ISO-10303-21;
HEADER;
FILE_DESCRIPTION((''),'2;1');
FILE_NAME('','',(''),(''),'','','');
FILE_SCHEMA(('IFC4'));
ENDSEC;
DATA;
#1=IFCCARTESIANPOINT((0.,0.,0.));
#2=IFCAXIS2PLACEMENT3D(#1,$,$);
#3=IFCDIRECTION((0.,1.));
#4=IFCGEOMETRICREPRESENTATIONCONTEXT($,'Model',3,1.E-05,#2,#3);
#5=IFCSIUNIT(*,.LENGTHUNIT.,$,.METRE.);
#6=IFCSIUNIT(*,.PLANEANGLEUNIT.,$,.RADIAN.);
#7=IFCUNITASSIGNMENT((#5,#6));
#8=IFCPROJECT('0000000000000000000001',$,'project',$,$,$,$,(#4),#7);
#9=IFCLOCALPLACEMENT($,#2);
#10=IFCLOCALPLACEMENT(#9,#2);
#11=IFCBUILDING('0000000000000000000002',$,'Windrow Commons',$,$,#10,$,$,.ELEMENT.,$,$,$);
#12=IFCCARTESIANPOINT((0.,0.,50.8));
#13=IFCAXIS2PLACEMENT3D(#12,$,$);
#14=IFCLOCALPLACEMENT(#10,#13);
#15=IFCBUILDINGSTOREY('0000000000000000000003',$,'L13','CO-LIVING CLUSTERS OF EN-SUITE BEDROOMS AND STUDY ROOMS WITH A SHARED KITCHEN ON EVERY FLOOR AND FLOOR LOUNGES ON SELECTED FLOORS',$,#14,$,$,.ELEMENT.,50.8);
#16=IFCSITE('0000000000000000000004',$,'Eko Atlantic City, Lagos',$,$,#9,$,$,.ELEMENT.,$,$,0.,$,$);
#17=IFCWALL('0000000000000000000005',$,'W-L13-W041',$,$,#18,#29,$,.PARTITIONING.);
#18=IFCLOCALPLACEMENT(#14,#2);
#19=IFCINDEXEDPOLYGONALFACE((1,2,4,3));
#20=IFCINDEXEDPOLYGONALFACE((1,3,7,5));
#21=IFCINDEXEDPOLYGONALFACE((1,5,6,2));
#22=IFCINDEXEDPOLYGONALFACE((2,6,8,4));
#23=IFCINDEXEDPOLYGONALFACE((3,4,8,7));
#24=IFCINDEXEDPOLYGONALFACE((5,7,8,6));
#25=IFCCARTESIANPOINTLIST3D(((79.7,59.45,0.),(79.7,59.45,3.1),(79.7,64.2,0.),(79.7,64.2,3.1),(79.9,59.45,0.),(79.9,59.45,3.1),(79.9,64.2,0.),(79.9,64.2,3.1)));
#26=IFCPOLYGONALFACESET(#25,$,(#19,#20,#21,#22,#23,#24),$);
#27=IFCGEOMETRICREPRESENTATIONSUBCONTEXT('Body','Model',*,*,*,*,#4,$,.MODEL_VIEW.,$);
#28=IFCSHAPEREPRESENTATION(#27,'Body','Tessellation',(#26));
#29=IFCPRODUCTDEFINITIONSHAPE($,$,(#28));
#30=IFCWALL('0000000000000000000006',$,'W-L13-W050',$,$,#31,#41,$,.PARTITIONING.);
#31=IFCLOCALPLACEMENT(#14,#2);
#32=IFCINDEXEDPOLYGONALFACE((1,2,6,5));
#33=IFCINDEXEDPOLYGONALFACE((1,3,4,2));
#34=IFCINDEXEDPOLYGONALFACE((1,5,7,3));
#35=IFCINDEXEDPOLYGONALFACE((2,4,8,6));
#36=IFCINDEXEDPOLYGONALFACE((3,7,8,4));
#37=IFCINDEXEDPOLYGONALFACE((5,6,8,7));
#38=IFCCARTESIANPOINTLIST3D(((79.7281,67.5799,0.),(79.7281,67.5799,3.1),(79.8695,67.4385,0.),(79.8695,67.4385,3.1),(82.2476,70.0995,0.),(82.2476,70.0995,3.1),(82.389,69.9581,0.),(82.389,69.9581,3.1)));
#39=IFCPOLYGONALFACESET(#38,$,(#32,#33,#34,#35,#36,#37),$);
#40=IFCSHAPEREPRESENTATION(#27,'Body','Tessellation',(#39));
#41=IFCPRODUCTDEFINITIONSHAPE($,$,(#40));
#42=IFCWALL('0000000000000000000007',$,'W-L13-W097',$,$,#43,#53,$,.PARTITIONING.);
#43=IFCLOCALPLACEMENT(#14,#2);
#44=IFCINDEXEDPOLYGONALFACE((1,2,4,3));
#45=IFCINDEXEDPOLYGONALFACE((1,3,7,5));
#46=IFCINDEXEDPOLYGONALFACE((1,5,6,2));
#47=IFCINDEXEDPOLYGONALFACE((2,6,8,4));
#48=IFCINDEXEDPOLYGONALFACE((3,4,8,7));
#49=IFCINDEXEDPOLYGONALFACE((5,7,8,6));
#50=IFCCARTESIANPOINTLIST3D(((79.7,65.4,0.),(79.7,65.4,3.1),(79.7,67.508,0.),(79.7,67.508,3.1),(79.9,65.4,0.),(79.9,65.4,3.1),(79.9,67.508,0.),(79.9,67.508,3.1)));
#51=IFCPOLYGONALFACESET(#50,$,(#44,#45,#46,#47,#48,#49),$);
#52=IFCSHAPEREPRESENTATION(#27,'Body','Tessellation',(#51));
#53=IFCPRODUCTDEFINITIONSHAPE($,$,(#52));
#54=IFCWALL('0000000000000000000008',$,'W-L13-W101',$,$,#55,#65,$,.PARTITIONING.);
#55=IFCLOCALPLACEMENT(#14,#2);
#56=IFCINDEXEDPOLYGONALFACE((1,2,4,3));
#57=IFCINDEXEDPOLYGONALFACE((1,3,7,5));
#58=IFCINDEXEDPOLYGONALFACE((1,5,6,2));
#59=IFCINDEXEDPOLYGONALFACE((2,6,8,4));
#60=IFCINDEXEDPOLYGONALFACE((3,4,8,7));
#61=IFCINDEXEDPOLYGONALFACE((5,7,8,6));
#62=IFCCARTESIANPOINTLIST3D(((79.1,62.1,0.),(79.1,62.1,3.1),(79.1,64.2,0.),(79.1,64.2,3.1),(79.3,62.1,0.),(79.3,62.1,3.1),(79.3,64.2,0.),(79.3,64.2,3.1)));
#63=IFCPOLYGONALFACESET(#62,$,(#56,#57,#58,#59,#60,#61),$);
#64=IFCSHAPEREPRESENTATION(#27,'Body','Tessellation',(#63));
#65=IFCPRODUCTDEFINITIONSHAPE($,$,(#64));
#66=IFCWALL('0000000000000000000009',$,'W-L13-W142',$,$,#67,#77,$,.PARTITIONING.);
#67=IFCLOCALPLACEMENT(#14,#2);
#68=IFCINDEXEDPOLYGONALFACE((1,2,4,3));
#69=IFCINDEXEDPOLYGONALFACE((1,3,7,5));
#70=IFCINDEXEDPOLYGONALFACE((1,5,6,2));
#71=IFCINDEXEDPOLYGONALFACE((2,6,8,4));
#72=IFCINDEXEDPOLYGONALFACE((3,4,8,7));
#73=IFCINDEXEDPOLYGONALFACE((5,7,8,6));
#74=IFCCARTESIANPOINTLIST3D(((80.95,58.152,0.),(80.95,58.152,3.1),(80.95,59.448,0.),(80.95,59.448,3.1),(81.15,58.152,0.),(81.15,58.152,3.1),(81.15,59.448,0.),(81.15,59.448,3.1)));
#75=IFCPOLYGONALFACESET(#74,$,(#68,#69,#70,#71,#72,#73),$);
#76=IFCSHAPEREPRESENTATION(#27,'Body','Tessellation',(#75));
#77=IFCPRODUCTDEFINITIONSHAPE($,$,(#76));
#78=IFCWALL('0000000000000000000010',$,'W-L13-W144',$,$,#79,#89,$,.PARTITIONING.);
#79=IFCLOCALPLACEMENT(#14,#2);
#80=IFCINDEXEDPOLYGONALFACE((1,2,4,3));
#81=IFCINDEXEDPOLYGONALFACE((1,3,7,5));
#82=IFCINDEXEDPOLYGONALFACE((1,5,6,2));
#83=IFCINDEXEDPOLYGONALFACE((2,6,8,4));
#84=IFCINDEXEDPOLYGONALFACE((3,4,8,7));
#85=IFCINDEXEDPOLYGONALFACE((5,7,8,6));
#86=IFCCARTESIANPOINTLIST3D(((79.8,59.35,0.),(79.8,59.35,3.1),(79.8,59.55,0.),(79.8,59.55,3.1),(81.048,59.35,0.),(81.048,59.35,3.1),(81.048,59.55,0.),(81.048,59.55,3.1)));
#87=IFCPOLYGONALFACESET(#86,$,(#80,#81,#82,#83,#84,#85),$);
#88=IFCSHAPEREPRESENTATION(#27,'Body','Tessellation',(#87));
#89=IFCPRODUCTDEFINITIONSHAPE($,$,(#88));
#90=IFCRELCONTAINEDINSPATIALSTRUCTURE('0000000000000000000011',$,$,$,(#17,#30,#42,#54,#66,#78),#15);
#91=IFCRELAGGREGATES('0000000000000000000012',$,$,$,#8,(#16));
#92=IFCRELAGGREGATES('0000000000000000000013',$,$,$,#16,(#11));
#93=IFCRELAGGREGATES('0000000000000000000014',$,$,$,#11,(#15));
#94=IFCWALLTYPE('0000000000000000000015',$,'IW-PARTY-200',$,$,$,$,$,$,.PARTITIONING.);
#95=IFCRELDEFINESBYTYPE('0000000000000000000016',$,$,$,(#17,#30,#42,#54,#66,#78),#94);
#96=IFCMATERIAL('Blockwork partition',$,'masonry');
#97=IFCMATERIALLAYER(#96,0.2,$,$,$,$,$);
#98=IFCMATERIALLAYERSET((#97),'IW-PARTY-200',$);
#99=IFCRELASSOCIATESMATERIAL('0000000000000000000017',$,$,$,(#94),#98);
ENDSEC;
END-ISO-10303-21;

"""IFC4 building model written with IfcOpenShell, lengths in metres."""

from ifc_helpers import new_model, si_unit, direction, frame, frame_2d, origin, place, context, subcontext, project, spatial, rectangle, extrude, material, layer, layer_set, type_object, element, save


model = new_model("IFC4")

# Units and contexts
model_context = context("Model", 3, precision=1e-05, world=origin(), true_north=direction((0.0, 1.0)))
body_context = subcontext(model_context, "Body", "Model", "MODEL_VIEW")
ifc_project = project(units=[si_unit("LENGTHUNIT", "METRE"), si_unit("PLANEANGLEUNIT", "RADIAN")], contexts=[model_context])

# Site, building, storey
site_placement = place(None, origin())
site = spatial("IfcSite", under=ifc_project, at=site_placement, Name="Eko Atlantic City, Lagos", CompositionType="ELEMENT", RefElevation=0.0)
building_placement = place(site_placement, origin())
building = spatial("IfcBuilding", under=site, at=building_placement, Name="Windrow Commons", CompositionType="ELEMENT")
storey_placement = place(building_placement, frame((0.0, 0.0, 50.8)))
storey = spatial("IfcBuildingStorey", under=building, at=storey_placement, Name="L13", Description="CO-LIVING CLUSTERS OF EN-SUITE BEDROOMS AND STUDY ROOMS WITH A SHARED KITCHEN ON EVERY FLOOR AND FLOOR LOUNGES ON SELECTED FLOORS", CompositionType="ELEMENT", Elevation=50.8)

# Walls
ifc_material_1 = material(Name="Blockwork partition", Category="masonry")
ifc_layer_1 = layer(ifc_material_1, 0.2)
ifc_layer_set_1 = layer_set([ifc_layer_1], Name="IW-PARTY-200")
wall_type_1 = type_object("IfcWallType", Name="IW-PARTY-200", PredefinedType="PARTITIONING", material=ifc_layer_set_1)
wall_1_placement = place(storey_placement, frame((79.8, 59.45, 0.0), z_axis=(0.0, 0.0, 1.0), x_axis=(0.0, 1.0, 0.0)))
element("IfcWall", 1, at=wall_1_placement, inside=storey, type_object=wall_type_1, Name="W-L13-W041", PredefinedType="PARTITIONING", context=body_context, shape_type="SweptSolid", body=[
    extrude(rectangle(XDim=4.75, YDim=0.2, at=frame_2d((2.375, 0.0))), origin(), (0.0, 0.0, 1.0), 3.1),
])
wall_2_placement = place(storey_placement, frame((79.7988, 67.5092, 0.0), z_axis=(0.0, 0.0, 1.0), x_axis=(0.707093, 0.707121, 0.0)))
element("IfcWall", 2, at=wall_2_placement, inside=storey, type_object=wall_type_1, Name="W-L13-W050", PredefinedType="PARTITIONING", context=body_context, shape_type="SweptSolid", body=[
    extrude(rectangle(XDim=3.5632, YDim=0.2, at=frame_2d((1.7816, 0.0))), origin(), (0.0, 0.0, 1.0), 3.1),
])
wall_3_placement = place(storey_placement, frame((79.8, 65.4, 0.0), z_axis=(0.0, 0.0, 1.0), x_axis=(0.0, 1.0, 0.0)))
element("IfcWall", 3, at=wall_3_placement, inside=storey, type_object=wall_type_1, Name="W-L13-W097", PredefinedType="PARTITIONING", context=body_context, shape_type="SweptSolid", body=[
    extrude(rectangle(XDim=2.108, YDim=0.2, at=frame_2d((1.054, 0.0))), origin(), (0.0, 0.0, 1.0), 3.1),
])
wall_4_placement = place(storey_placement, frame((79.2, 62.1, 0.0), z_axis=(0.0, 0.0, 1.0), x_axis=(0.0, 1.0, 0.0)))
element("IfcWall", 4, at=wall_4_placement, inside=storey, type_object=wall_type_1, Name="W-L13-W101", PredefinedType="PARTITIONING", context=body_context, shape_type="SweptSolid", body=[
    extrude(rectangle(XDim=2.1, YDim=0.2, at=frame_2d((1.05, 0.0))), origin(), (0.0, 0.0, 1.0), 3.1),
])
wall_5_placement = place(storey_placement, frame((81.05, 58.152, 0.0), z_axis=(0.0, 0.0, 1.0), x_axis=(0.0, 1.0, 0.0)))
element("IfcWall", 5, at=wall_5_placement, inside=storey, type_object=wall_type_1, Name="W-L13-W142", PredefinedType="PARTITIONING", context=body_context, shape_type="SweptSolid", body=[
    extrude(rectangle(XDim=1.296, YDim=0.2, at=frame_2d((0.648, 0.0))), origin(), (0.0, 0.0, 1.0), 3.1),
])
wall_6_placement = place(storey_placement, frame((79.8, 59.45, 0.0), z_axis=(0.0, 0.0, 1.0), x_axis=(1.0, 0.0, 0.0)))
element("IfcWall", 6, at=wall_6_placement, inside=storey, type_object=wall_type_1, Name="W-L13-W144", PredefinedType="PARTITIONING", context=body_context, shape_type="SweptSolid", body=[
    extrude(rectangle(XDim=1.248, YDim=0.2, at=frame_2d((0.624, 0.0))), origin(), (0.0, 0.0, 1.0), 3.1),
])

save(model, "model.ifc")
